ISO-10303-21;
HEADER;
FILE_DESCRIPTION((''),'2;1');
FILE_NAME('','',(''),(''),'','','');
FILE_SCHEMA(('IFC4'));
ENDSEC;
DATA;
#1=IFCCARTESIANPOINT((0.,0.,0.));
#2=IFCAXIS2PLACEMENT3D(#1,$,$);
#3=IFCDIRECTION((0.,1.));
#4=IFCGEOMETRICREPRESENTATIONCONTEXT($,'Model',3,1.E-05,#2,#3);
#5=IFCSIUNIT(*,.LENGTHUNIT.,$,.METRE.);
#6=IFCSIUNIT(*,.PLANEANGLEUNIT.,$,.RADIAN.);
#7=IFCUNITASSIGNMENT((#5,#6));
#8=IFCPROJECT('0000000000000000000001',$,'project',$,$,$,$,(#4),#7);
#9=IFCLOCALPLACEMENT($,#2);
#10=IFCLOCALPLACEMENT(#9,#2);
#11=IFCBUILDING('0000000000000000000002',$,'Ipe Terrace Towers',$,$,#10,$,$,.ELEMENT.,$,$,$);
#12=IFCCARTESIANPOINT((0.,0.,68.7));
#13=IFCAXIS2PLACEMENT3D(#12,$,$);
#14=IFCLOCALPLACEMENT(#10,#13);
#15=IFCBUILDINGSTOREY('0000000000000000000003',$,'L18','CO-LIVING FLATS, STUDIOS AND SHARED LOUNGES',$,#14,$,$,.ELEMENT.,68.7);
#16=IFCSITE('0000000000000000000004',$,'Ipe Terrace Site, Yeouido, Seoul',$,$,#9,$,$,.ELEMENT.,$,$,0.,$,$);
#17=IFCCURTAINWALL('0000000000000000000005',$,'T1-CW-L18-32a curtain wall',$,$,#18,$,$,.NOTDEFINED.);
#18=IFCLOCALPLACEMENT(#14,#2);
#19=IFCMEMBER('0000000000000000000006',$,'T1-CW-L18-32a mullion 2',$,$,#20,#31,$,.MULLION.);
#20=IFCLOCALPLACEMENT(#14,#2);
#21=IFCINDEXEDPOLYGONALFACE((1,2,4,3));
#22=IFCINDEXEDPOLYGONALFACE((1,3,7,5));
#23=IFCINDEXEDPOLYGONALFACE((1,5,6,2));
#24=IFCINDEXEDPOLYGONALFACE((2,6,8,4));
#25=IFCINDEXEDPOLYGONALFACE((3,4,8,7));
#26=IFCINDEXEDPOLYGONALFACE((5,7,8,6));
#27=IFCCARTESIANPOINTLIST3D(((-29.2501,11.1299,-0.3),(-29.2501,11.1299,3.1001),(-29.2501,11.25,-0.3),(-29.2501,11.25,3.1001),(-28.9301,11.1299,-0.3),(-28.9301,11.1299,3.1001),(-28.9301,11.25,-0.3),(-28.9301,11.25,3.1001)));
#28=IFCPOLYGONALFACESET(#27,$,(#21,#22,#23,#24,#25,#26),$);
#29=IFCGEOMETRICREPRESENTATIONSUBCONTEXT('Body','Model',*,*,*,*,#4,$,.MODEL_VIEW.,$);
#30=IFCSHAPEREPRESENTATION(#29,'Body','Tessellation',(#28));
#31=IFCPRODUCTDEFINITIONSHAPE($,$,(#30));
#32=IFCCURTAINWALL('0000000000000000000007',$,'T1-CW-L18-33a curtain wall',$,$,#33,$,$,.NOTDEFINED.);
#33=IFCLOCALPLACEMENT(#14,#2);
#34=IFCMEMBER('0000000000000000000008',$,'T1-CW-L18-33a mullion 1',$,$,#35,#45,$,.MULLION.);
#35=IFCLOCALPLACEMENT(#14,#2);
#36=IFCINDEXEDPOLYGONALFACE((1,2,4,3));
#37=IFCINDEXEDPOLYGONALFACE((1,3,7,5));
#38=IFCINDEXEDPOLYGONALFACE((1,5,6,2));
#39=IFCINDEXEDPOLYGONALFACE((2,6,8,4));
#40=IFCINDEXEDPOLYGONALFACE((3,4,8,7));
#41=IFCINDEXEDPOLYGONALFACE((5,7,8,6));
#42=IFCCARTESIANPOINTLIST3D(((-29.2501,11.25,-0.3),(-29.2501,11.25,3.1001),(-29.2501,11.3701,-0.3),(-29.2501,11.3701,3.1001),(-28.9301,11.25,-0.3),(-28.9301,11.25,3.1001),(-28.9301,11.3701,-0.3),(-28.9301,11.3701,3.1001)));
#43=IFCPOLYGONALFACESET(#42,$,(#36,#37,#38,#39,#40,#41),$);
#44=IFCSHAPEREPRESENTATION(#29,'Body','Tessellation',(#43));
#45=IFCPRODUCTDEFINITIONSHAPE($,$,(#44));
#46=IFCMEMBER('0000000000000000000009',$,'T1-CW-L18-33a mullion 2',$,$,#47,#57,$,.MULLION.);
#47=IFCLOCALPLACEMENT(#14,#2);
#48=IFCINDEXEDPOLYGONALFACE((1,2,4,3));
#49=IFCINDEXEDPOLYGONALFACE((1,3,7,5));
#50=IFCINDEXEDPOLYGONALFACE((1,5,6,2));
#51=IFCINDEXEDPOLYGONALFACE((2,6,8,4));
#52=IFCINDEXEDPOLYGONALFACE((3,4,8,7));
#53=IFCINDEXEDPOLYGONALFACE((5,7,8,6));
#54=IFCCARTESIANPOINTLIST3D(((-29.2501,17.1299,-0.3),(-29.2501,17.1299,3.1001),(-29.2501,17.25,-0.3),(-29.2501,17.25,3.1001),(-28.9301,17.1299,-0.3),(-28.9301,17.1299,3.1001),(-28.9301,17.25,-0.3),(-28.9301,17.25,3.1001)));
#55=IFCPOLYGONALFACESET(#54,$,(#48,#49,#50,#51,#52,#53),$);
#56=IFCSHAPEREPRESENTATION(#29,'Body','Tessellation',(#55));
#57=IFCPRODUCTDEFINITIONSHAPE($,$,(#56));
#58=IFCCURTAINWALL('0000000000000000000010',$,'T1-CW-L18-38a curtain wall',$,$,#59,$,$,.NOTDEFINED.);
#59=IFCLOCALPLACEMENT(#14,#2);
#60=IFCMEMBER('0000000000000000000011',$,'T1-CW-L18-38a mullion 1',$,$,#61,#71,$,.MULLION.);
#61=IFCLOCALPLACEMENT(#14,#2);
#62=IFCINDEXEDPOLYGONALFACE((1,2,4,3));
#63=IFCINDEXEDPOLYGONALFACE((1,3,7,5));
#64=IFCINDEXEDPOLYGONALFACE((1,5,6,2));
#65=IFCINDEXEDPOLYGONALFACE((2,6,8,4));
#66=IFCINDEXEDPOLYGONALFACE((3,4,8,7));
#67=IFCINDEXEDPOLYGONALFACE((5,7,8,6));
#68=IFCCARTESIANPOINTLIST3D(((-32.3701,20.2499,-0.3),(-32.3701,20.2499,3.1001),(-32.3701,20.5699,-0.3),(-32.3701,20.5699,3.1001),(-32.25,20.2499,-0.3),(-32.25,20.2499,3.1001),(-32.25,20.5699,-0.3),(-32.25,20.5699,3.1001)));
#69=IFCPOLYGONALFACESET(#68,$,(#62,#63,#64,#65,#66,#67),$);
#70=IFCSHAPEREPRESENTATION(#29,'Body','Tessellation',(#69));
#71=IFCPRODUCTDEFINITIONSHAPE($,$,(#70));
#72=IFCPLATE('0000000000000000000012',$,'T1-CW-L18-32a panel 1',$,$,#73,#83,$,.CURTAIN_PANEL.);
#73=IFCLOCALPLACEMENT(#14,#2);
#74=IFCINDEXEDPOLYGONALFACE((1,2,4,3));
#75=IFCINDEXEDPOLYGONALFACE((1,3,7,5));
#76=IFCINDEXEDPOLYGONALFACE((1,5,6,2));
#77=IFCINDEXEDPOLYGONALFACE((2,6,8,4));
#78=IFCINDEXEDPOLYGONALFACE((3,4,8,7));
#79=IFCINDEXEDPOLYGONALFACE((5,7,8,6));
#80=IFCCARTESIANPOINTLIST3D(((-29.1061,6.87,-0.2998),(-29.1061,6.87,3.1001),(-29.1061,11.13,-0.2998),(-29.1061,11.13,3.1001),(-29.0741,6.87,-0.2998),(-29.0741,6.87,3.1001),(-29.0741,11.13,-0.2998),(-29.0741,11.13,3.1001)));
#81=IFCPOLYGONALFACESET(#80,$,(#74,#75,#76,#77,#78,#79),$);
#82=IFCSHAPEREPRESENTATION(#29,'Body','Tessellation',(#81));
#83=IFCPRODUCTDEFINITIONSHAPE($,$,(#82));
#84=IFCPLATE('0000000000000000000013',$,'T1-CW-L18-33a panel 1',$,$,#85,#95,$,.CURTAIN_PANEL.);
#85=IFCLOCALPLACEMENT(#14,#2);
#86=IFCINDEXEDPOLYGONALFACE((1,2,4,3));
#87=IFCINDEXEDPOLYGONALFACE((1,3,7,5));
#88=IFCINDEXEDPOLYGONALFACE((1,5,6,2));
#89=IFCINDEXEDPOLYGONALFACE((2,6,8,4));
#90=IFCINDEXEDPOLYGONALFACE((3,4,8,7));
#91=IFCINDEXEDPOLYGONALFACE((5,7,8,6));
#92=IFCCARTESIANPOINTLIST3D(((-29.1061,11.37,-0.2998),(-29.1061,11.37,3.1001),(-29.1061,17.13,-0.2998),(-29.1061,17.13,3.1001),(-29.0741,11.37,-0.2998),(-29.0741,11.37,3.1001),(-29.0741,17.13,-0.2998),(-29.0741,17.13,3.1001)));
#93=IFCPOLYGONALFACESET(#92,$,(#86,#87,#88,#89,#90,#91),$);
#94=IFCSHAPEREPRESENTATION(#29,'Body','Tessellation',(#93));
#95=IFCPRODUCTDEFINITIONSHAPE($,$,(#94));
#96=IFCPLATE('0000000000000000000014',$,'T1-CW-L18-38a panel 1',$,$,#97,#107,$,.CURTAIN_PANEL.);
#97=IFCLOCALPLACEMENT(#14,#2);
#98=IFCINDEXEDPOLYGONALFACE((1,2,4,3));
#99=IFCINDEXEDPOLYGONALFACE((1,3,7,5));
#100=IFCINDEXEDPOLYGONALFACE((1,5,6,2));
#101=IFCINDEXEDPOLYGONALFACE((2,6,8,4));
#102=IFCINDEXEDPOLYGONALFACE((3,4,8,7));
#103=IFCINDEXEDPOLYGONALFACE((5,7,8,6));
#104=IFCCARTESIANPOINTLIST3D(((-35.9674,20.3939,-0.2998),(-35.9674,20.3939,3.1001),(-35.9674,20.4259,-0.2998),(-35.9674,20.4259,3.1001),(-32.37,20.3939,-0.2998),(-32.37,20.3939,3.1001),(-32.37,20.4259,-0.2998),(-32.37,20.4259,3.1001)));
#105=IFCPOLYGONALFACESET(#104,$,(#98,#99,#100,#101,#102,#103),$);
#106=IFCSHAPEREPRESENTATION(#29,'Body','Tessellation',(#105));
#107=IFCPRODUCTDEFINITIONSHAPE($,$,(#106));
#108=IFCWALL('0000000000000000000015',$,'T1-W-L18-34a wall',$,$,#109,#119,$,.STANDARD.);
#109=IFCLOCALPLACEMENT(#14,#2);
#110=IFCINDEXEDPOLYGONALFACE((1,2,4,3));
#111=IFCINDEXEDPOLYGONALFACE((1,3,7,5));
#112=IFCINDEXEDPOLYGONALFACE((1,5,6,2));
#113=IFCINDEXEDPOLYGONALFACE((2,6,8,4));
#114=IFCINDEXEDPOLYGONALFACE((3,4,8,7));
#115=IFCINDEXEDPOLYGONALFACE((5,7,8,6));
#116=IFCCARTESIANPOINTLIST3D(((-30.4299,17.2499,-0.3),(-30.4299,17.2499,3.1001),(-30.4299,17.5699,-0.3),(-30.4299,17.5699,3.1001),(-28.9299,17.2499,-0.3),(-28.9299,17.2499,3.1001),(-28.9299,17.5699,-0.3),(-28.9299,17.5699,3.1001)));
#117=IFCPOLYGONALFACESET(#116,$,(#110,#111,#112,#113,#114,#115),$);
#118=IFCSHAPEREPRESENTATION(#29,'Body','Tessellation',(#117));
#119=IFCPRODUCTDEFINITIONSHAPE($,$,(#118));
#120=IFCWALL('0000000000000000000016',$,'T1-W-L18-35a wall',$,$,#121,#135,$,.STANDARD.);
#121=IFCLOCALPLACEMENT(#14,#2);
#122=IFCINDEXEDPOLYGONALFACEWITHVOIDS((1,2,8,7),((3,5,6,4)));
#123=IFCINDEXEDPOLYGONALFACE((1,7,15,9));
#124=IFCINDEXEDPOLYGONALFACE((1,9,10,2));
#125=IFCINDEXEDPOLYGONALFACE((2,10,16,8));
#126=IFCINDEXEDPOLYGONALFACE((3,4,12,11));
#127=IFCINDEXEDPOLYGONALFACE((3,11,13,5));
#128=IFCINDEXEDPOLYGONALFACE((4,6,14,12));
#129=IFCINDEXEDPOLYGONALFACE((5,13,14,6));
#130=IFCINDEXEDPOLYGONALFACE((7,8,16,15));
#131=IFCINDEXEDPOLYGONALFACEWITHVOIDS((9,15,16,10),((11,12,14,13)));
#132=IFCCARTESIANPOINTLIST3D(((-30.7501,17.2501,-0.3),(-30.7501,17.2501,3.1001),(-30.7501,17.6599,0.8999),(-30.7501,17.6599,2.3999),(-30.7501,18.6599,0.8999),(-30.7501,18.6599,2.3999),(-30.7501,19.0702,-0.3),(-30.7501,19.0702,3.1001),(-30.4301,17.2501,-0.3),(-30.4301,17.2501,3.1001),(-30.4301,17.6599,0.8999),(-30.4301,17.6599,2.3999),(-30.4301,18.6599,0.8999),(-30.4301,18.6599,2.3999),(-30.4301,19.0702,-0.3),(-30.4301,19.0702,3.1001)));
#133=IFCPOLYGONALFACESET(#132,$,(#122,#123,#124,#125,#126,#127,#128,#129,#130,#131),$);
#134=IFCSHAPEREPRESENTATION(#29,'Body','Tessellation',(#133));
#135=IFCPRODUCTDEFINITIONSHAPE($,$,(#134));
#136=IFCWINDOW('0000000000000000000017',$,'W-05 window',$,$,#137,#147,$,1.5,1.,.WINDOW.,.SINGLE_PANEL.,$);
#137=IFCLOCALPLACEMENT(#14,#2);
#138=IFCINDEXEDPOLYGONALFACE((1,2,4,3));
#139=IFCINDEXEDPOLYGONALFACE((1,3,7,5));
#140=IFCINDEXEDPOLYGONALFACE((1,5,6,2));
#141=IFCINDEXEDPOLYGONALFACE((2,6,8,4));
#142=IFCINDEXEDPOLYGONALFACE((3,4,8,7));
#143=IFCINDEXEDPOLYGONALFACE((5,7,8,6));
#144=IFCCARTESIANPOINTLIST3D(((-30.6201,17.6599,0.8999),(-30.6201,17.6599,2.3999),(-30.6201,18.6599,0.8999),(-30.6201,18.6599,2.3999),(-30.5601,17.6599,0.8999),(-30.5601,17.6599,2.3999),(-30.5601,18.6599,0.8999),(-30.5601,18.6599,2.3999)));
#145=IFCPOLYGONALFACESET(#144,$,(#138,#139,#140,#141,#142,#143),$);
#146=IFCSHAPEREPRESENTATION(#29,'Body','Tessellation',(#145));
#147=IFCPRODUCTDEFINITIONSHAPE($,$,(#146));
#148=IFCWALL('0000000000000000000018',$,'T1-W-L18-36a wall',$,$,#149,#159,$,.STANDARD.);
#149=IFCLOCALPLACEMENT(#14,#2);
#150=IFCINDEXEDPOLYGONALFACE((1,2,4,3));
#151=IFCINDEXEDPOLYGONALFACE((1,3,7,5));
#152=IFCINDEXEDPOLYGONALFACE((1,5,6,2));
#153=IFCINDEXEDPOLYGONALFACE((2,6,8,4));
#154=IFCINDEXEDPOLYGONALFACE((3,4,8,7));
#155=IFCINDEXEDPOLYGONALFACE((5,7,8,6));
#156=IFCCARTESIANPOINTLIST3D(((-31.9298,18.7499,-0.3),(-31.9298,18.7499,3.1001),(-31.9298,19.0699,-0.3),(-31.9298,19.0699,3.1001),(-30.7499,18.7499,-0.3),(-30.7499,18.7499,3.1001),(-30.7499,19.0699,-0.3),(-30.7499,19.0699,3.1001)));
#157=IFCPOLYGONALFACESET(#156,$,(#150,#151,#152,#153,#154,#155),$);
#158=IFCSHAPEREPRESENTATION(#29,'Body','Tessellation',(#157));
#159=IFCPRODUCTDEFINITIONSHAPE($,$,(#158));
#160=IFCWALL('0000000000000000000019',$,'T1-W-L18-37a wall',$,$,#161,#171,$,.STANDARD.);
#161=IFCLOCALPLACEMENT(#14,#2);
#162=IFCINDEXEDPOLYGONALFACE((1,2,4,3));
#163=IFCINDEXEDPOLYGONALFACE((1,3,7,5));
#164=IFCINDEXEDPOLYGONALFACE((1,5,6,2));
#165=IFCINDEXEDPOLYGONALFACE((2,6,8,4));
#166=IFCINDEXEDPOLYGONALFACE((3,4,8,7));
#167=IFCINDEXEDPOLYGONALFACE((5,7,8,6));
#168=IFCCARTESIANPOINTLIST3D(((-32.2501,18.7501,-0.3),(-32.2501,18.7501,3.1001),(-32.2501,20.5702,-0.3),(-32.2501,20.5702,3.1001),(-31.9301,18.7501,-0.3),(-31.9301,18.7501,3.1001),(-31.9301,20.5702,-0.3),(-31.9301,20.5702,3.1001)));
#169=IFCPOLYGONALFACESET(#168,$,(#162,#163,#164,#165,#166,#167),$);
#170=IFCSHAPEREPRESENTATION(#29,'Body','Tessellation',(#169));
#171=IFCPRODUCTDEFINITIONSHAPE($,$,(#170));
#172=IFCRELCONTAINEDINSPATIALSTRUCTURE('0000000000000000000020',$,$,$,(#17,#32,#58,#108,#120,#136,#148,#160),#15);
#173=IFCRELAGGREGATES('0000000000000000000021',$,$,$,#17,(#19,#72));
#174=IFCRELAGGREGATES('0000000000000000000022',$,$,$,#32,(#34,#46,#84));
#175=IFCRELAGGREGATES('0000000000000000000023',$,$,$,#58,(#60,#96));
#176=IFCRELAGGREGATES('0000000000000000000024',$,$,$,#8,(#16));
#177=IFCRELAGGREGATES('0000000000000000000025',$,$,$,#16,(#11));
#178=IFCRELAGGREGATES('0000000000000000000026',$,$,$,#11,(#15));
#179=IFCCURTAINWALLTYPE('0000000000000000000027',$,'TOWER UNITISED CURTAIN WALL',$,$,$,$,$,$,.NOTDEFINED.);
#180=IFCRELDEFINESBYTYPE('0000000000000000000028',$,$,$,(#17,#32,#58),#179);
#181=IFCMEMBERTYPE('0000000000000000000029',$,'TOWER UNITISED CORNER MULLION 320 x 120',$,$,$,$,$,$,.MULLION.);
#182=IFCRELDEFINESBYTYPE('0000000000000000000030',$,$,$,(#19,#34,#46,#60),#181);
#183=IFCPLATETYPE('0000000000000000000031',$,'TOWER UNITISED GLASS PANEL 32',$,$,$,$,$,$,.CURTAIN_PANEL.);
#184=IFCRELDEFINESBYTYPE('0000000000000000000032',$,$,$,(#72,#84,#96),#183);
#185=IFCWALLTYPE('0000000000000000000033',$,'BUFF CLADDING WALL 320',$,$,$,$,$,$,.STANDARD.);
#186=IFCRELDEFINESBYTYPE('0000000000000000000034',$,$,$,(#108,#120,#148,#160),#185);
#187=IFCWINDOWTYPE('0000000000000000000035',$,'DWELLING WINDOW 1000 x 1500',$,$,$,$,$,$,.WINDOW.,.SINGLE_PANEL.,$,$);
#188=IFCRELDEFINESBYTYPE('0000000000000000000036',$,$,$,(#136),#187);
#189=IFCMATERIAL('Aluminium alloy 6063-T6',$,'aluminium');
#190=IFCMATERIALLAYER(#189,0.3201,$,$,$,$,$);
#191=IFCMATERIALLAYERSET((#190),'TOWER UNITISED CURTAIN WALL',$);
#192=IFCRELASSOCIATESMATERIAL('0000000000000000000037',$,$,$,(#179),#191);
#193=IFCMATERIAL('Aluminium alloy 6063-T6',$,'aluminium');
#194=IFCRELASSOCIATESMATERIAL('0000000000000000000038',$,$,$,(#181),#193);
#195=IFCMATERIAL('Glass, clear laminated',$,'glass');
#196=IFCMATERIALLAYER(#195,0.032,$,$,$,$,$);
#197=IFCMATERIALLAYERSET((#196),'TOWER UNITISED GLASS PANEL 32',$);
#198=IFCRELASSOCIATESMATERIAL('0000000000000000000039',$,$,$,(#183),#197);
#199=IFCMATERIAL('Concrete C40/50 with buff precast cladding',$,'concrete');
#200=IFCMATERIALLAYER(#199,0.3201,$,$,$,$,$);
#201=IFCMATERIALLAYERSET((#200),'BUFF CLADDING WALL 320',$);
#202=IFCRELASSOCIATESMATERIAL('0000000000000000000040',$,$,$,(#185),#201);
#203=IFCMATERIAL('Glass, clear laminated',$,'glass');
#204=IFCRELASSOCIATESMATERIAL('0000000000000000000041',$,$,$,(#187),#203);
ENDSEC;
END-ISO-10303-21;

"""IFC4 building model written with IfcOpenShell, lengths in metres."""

from ifc_helpers import new_model, si_unit, direction, frame, frame_2d, origin, origin_2d, place, context, subcontext, project, spatial, rectangle, extrude, material, layer, layer_set, material_profile, profile_set, type_object, element, fill, aggregate, save


model = new_model("IFC4")

# Units and contexts
model_context = context("Model", 3, precision=1e-05, world=origin(), true_north=direction((0.0, 1.0)))
body_context = subcontext(model_context, "Body", "Model", "MODEL_VIEW")
ifc_project = project(units=[si_unit("LENGTHUNIT", "METRE"), si_unit("PLANEANGLEUNIT", "RADIAN")], contexts=[model_context])

# Site, building, storey
site_placement = place(None, origin())
site = spatial("IfcSite", under=ifc_project, at=site_placement, Name="Ipe Terrace Site, Yeouido, Seoul", CompositionType="ELEMENT", RefElevation=0.0)
building_placement = place(site_placement, origin())
building = spatial("IfcBuilding", under=site, at=building_placement, Name="Ipe Terrace Towers", CompositionType="ELEMENT")
storey_placement = place(building_placement, frame((0.0, 0.0, 68.7)))
storey = spatial("IfcBuildingStorey", under=building, at=storey_placement, Name="L18", Description="CO-LIVING FLATS, STUDIOS AND SHARED LOUNGES", CompositionType="ELEMENT", Elevation=68.7)

# Curtain wall, member
ifc_material_1 = material(Name="Aluminium alloy 6063-T6", Category="aluminium")
ifc_layer_1 = layer(ifc_material_1, 0.3201)
ifc_layer_set_1 = layer_set([ifc_layer_1], Name="TOWER UNITISED CURTAIN WALL")
curtain_wall_type = type_object("IfcCurtainWallType", Name="TOWER UNITISED CURTAIN WALL", PredefinedType="NOTDEFINED", material=ifc_layer_set_1)
curtain_wall_1_placement = place(storey_placement, origin())
curtain_wall_1 = element("IfcCurtainWall", 1, at=curtain_wall_1_placement, inside=storey, type_object=curtain_wall_type, Name="T1-CW-L18-32a curtain wall", PredefinedType="NOTDEFINED")
ifc_material_2 = material(Name="Aluminium alloy 6063-T6", Category="aluminium")
ifc_material_profile_1 = material_profile(ifc_material_2, rectangle(XDim=0.3201, YDim=0.1201, at=origin_2d()), Name="TOWER UNITISED CORNER MULLION 320 x 120")
ifc_profile_set_1 = profile_set([ifc_material_profile_1], Name="Aluminium alloy 6063-T6")
member_type = type_object("IfcMemberType", Name="TOWER UNITISED CORNER MULLION 320 x 120", PredefinedType="MULLION", material=ifc_profile_set_1)
member_1_placement = place(storey_placement, frame((-29.0901, 11.1899, -0.3), z_axis=(0.0, 0.0, 1.0), x_axis=(1.0, 0.0, 0.0)))
member_1 = element("IfcMember", 2, at=member_1_placement, type_object=member_type, Name="T1-CW-L18-32a mullion 2", PredefinedType="MULLION", context=body_context, shape_type="SweptSolid", body=[
    extrude(rectangle(XDim=0.3201, YDim=0.1201, at=origin_2d()), origin(), (0.0, 0.0, 1.0), 3.4001),
])

# Curtain wall, members
curtain_wall_2_placement = place(storey_placement, origin())
curtain_wall_2 = element("IfcCurtainWall", 3, at=curtain_wall_2_placement, inside=storey, type_object=curtain_wall_type, Name="T1-CW-L18-33a curtain wall", PredefinedType="NOTDEFINED")
member_2_placement = place(storey_placement, frame((-29.0901, 11.3101, -0.3), z_axis=(0.0, 0.0, 1.0), x_axis=(1.0, 0.0, 0.0)))
member_2 = element("IfcMember", 4, at=member_2_placement, type_object=member_type, Name="T1-CW-L18-33a mullion 1", PredefinedType="MULLION", context=body_context, shape_type="SweptSolid", body=[
    extrude(rectangle(XDim=0.3201, YDim=0.1201, at=origin_2d()), origin(), (0.0, 0.0, 1.0), 3.4001),
])
member_3_placement = place(storey_placement, frame((-29.0901, 17.1899, -0.3), z_axis=(0.0, 0.0, 1.0), x_axis=(1.0, 0.0, 0.0)))
member_3 = element("IfcMember", 5, at=member_3_placement, type_object=member_type, Name="T1-CW-L18-33a mullion 2", PredefinedType="MULLION", context=body_context, shape_type="SweptSolid", body=[
    extrude(rectangle(XDim=0.3201, YDim=0.1201, at=origin_2d()), origin(), (0.0, 0.0, 1.0), 3.4001),
])

# Curtain wall, member
curtain_wall_3_placement = place(storey_placement, origin())
curtain_wall_3 = element("IfcCurtainWall", 6, at=curtain_wall_3_placement, inside=storey, type_object=curtain_wall_type, Name="T1-CW-L18-38a curtain wall", PredefinedType="NOTDEFINED")
member_4_placement = place(storey_placement, frame((-32.3101, 20.4099, -0.3), z_axis=(0.0, 0.0, 1.0), x_axis=(0.0, 1.0, 0.0)))
member_4 = element("IfcMember", 7, at=member_4_placement, type_object=member_type, Name="T1-CW-L18-38a mullion 1", PredefinedType="MULLION", context=body_context, shape_type="SweptSolid", body=[
    extrude(rectangle(XDim=0.3201, YDim=0.1201, at=origin_2d()), origin(), (0.0, 0.0, 1.0), 3.4001),
])

# Plates
ifc_material_3 = material(Name="Glass, clear laminated", Category="glass")
ifc_layer_2 = layer(ifc_material_3, 0.032)
ifc_layer_set_2 = layer_set([ifc_layer_2], Name="TOWER UNITISED GLASS PANEL 32")
plate_type = type_object("IfcPlateType", Name="TOWER UNITISED GLASS PANEL 32", PredefinedType="CURTAIN_PANEL", material=ifc_layer_set_2)
plate_1_placement = place(storey_placement, frame((-29.0901, 9.0, -0.2998), z_axis=(0.0, 0.0, 1.0), x_axis=(0.0, 1.0, 0.0)))
plate_1 = element("IfcPlate", 8, at=plate_1_placement, type_object=plate_type, Name="T1-CW-L18-32a panel 1", PredefinedType="CURTAIN_PANEL", context=body_context, shape_type="SweptSolid", body=[
    extrude(rectangle(XDim=4.26, YDim=0.032, at=origin_2d()), origin(), (0.0, 0.0, 1.0), 3.3999),
])
aggregate(curtain_wall_1, [member_1, plate_1])
plate_2_placement = place(storey_placement, frame((-29.0901, 14.25, -0.2998), z_axis=(0.0, 0.0, 1.0), x_axis=(0.0, 1.0, 0.0)))
plate_2 = element("IfcPlate", 9, at=plate_2_placement, type_object=plate_type, Name="T1-CW-L18-33a panel 1", PredefinedType="CURTAIN_PANEL", context=body_context, shape_type="SweptSolid", body=[
    extrude(rectangle(XDim=5.76, YDim=0.032, at=origin_2d()), origin(), (0.0, 0.0, 1.0), 3.3999),
])
aggregate(curtain_wall_2, [member_2, member_3, plate_2])
plate_3_placement = place(storey_placement, frame((-34.1687, 20.4099, -0.2998), z_axis=(0.0, 0.0, 1.0), x_axis=(-1.0, 0.0, 0.0)))
plate_3 = element("IfcPlate", 10, at=plate_3_placement, type_object=plate_type, Name="T1-CW-L18-38a panel 1", PredefinedType="CURTAIN_PANEL", context=body_context, shape_type="SweptSolid", body=[
    extrude(rectangle(XDim=3.5974, YDim=0.032, at=origin_2d()), origin(), (0.0, 0.0, 1.0), 3.3999),
])
aggregate(curtain_wall_3, [member_4, plate_3])

# Wall
ifc_material_4 = material(Name="Concrete C40/50 with buff precast cladding", Category="concrete")
ifc_layer_3 = layer(ifc_material_4, 0.3201)
ifc_layer_set_3 = layer_set([ifc_layer_3], Name="BUFF CLADDING WALL 320")
wall_type_1 = type_object("IfcWallType", Name="BUFF CLADDING WALL 320", PredefinedType="STANDARD", material=ifc_layer_set_3)
wall_1_placement = place(storey_placement, frame((-28.9299, 17.4099, -0.3), z_axis=(0.0, 0.0, 1.0), x_axis=(-1.0, 0.0, 0.0)))
element("IfcWall", 11, at=wall_1_placement, inside=storey, type_object=wall_type_1, Name="T1-W-L18-34a wall", PredefinedType="STANDARD", context=body_context, shape_type="SweptSolid", body=[
    extrude(rectangle(XDim=1.5, YDim=0.3201, at=frame_2d((0.75, 0.0))), origin(), (0.0, 0.0, 1.0), 3.4001),
])

# Wall, opening, window
wall_2_placement = place(storey_placement, frame((-30.5901, 17.25, -0.3), z_axis=(0.0, 0.0, 1.0), x_axis=(0.0, 1.0, 0.0)))
wall_2 = element("IfcWall", 12, at=wall_2_placement, inside=storey, type_object=wall_type_1, Name="T1-W-L18-35a wall", PredefinedType="STANDARD", context=body_context, shape_type="SweptSolid", body=[
    extrude(rectangle(XDim=1.8201, YDim=0.3201, at=frame_2d((0.9102, 0.0))), origin(), (0.0, 0.0, 1.0), 3.4001),
])
opening_1_placement = place(wall_2_placement, frame((0.4099, 0.0, 1.2)))
opening_1 = element("IfcOpeningElement", 13, at=opening_1_placement, cuts=wall_2, PredefinedType="OPENING", context=body_context, shape_type="SweptSolid", body=[
    extrude(rectangle(XDim=1.0, YDim=1.5, at=frame_2d((0.5, 0.75))), frame((0.0, 0.1699, 0.0), z_axis=(0.0, -1.0, 0.0), x_axis=(1.0, 0.0, 0.0)), (0.0, 0.0, 1.0), 0.3401),
])
ifc_material_5 = material(Name="Glass, clear laminated", Category="glass")
window_type = type_object("IfcWindowType", Name="DWELLING WINDOW 1000 x 1500", PartitioningType="SINGLE_PANEL", PredefinedType="WINDOW", material=ifc_material_5)
window_placement = place(opening_1_placement, origin())
window = element("IfcWindow", 14, at=window_placement, inside=storey, type_object=window_type, Name="W-05 window", OverallHeight=1.5, OverallWidth=1.0, PartitioningType="SINGLE_PANEL", PredefinedType="WINDOW", context=body_context, shape_type="SweptSolid", body=[
    extrude(rectangle(XDim=1.0, YDim=1.5, at=frame_2d((0.5, 0.75))), frame((0.0, 0.03, 0.0), z_axis=(0.0, -1.0, 0.0), x_axis=(1.0, 0.0, 0.0)), (0.0, 0.0, 1.0), 0.0601),
])
fill(opening_1, window)

# Walls
wall_3_placement = place(storey_placement, frame((-30.75, 18.9099, -0.3), z_axis=(0.0, 0.0, 1.0), x_axis=(-1.0, 0.0, 0.0)))
element("IfcWall", 15, at=wall_3_placement, inside=storey, type_object=wall_type_1, Name="T1-W-L18-36a wall", PredefinedType="STANDARD", context=body_context, shape_type="SweptSolid", body=[
    extrude(rectangle(XDim=1.1799, YDim=0.3201, at=frame_2d((0.5898, 0.0))), origin(), (0.0, 0.0, 1.0), 3.4001),
])
wall_4_placement = place(storey_placement, frame((-32.0901, 18.75, -0.3), z_axis=(0.0, 0.0, 1.0), x_axis=(0.0, 1.0, 0.0)))
element("IfcWall", 16, at=wall_4_placement, inside=storey, type_object=wall_type_1, Name="T1-W-L18-37a wall", PredefinedType="STANDARD", context=body_context, shape_type="SweptSolid", body=[
    extrude(rectangle(XDim=1.8201, YDim=0.3201, at=frame_2d((0.9102, 0.0))), origin(), (0.0, 0.0, 1.0), 3.4001),
])

save(model, "model.ifc")
